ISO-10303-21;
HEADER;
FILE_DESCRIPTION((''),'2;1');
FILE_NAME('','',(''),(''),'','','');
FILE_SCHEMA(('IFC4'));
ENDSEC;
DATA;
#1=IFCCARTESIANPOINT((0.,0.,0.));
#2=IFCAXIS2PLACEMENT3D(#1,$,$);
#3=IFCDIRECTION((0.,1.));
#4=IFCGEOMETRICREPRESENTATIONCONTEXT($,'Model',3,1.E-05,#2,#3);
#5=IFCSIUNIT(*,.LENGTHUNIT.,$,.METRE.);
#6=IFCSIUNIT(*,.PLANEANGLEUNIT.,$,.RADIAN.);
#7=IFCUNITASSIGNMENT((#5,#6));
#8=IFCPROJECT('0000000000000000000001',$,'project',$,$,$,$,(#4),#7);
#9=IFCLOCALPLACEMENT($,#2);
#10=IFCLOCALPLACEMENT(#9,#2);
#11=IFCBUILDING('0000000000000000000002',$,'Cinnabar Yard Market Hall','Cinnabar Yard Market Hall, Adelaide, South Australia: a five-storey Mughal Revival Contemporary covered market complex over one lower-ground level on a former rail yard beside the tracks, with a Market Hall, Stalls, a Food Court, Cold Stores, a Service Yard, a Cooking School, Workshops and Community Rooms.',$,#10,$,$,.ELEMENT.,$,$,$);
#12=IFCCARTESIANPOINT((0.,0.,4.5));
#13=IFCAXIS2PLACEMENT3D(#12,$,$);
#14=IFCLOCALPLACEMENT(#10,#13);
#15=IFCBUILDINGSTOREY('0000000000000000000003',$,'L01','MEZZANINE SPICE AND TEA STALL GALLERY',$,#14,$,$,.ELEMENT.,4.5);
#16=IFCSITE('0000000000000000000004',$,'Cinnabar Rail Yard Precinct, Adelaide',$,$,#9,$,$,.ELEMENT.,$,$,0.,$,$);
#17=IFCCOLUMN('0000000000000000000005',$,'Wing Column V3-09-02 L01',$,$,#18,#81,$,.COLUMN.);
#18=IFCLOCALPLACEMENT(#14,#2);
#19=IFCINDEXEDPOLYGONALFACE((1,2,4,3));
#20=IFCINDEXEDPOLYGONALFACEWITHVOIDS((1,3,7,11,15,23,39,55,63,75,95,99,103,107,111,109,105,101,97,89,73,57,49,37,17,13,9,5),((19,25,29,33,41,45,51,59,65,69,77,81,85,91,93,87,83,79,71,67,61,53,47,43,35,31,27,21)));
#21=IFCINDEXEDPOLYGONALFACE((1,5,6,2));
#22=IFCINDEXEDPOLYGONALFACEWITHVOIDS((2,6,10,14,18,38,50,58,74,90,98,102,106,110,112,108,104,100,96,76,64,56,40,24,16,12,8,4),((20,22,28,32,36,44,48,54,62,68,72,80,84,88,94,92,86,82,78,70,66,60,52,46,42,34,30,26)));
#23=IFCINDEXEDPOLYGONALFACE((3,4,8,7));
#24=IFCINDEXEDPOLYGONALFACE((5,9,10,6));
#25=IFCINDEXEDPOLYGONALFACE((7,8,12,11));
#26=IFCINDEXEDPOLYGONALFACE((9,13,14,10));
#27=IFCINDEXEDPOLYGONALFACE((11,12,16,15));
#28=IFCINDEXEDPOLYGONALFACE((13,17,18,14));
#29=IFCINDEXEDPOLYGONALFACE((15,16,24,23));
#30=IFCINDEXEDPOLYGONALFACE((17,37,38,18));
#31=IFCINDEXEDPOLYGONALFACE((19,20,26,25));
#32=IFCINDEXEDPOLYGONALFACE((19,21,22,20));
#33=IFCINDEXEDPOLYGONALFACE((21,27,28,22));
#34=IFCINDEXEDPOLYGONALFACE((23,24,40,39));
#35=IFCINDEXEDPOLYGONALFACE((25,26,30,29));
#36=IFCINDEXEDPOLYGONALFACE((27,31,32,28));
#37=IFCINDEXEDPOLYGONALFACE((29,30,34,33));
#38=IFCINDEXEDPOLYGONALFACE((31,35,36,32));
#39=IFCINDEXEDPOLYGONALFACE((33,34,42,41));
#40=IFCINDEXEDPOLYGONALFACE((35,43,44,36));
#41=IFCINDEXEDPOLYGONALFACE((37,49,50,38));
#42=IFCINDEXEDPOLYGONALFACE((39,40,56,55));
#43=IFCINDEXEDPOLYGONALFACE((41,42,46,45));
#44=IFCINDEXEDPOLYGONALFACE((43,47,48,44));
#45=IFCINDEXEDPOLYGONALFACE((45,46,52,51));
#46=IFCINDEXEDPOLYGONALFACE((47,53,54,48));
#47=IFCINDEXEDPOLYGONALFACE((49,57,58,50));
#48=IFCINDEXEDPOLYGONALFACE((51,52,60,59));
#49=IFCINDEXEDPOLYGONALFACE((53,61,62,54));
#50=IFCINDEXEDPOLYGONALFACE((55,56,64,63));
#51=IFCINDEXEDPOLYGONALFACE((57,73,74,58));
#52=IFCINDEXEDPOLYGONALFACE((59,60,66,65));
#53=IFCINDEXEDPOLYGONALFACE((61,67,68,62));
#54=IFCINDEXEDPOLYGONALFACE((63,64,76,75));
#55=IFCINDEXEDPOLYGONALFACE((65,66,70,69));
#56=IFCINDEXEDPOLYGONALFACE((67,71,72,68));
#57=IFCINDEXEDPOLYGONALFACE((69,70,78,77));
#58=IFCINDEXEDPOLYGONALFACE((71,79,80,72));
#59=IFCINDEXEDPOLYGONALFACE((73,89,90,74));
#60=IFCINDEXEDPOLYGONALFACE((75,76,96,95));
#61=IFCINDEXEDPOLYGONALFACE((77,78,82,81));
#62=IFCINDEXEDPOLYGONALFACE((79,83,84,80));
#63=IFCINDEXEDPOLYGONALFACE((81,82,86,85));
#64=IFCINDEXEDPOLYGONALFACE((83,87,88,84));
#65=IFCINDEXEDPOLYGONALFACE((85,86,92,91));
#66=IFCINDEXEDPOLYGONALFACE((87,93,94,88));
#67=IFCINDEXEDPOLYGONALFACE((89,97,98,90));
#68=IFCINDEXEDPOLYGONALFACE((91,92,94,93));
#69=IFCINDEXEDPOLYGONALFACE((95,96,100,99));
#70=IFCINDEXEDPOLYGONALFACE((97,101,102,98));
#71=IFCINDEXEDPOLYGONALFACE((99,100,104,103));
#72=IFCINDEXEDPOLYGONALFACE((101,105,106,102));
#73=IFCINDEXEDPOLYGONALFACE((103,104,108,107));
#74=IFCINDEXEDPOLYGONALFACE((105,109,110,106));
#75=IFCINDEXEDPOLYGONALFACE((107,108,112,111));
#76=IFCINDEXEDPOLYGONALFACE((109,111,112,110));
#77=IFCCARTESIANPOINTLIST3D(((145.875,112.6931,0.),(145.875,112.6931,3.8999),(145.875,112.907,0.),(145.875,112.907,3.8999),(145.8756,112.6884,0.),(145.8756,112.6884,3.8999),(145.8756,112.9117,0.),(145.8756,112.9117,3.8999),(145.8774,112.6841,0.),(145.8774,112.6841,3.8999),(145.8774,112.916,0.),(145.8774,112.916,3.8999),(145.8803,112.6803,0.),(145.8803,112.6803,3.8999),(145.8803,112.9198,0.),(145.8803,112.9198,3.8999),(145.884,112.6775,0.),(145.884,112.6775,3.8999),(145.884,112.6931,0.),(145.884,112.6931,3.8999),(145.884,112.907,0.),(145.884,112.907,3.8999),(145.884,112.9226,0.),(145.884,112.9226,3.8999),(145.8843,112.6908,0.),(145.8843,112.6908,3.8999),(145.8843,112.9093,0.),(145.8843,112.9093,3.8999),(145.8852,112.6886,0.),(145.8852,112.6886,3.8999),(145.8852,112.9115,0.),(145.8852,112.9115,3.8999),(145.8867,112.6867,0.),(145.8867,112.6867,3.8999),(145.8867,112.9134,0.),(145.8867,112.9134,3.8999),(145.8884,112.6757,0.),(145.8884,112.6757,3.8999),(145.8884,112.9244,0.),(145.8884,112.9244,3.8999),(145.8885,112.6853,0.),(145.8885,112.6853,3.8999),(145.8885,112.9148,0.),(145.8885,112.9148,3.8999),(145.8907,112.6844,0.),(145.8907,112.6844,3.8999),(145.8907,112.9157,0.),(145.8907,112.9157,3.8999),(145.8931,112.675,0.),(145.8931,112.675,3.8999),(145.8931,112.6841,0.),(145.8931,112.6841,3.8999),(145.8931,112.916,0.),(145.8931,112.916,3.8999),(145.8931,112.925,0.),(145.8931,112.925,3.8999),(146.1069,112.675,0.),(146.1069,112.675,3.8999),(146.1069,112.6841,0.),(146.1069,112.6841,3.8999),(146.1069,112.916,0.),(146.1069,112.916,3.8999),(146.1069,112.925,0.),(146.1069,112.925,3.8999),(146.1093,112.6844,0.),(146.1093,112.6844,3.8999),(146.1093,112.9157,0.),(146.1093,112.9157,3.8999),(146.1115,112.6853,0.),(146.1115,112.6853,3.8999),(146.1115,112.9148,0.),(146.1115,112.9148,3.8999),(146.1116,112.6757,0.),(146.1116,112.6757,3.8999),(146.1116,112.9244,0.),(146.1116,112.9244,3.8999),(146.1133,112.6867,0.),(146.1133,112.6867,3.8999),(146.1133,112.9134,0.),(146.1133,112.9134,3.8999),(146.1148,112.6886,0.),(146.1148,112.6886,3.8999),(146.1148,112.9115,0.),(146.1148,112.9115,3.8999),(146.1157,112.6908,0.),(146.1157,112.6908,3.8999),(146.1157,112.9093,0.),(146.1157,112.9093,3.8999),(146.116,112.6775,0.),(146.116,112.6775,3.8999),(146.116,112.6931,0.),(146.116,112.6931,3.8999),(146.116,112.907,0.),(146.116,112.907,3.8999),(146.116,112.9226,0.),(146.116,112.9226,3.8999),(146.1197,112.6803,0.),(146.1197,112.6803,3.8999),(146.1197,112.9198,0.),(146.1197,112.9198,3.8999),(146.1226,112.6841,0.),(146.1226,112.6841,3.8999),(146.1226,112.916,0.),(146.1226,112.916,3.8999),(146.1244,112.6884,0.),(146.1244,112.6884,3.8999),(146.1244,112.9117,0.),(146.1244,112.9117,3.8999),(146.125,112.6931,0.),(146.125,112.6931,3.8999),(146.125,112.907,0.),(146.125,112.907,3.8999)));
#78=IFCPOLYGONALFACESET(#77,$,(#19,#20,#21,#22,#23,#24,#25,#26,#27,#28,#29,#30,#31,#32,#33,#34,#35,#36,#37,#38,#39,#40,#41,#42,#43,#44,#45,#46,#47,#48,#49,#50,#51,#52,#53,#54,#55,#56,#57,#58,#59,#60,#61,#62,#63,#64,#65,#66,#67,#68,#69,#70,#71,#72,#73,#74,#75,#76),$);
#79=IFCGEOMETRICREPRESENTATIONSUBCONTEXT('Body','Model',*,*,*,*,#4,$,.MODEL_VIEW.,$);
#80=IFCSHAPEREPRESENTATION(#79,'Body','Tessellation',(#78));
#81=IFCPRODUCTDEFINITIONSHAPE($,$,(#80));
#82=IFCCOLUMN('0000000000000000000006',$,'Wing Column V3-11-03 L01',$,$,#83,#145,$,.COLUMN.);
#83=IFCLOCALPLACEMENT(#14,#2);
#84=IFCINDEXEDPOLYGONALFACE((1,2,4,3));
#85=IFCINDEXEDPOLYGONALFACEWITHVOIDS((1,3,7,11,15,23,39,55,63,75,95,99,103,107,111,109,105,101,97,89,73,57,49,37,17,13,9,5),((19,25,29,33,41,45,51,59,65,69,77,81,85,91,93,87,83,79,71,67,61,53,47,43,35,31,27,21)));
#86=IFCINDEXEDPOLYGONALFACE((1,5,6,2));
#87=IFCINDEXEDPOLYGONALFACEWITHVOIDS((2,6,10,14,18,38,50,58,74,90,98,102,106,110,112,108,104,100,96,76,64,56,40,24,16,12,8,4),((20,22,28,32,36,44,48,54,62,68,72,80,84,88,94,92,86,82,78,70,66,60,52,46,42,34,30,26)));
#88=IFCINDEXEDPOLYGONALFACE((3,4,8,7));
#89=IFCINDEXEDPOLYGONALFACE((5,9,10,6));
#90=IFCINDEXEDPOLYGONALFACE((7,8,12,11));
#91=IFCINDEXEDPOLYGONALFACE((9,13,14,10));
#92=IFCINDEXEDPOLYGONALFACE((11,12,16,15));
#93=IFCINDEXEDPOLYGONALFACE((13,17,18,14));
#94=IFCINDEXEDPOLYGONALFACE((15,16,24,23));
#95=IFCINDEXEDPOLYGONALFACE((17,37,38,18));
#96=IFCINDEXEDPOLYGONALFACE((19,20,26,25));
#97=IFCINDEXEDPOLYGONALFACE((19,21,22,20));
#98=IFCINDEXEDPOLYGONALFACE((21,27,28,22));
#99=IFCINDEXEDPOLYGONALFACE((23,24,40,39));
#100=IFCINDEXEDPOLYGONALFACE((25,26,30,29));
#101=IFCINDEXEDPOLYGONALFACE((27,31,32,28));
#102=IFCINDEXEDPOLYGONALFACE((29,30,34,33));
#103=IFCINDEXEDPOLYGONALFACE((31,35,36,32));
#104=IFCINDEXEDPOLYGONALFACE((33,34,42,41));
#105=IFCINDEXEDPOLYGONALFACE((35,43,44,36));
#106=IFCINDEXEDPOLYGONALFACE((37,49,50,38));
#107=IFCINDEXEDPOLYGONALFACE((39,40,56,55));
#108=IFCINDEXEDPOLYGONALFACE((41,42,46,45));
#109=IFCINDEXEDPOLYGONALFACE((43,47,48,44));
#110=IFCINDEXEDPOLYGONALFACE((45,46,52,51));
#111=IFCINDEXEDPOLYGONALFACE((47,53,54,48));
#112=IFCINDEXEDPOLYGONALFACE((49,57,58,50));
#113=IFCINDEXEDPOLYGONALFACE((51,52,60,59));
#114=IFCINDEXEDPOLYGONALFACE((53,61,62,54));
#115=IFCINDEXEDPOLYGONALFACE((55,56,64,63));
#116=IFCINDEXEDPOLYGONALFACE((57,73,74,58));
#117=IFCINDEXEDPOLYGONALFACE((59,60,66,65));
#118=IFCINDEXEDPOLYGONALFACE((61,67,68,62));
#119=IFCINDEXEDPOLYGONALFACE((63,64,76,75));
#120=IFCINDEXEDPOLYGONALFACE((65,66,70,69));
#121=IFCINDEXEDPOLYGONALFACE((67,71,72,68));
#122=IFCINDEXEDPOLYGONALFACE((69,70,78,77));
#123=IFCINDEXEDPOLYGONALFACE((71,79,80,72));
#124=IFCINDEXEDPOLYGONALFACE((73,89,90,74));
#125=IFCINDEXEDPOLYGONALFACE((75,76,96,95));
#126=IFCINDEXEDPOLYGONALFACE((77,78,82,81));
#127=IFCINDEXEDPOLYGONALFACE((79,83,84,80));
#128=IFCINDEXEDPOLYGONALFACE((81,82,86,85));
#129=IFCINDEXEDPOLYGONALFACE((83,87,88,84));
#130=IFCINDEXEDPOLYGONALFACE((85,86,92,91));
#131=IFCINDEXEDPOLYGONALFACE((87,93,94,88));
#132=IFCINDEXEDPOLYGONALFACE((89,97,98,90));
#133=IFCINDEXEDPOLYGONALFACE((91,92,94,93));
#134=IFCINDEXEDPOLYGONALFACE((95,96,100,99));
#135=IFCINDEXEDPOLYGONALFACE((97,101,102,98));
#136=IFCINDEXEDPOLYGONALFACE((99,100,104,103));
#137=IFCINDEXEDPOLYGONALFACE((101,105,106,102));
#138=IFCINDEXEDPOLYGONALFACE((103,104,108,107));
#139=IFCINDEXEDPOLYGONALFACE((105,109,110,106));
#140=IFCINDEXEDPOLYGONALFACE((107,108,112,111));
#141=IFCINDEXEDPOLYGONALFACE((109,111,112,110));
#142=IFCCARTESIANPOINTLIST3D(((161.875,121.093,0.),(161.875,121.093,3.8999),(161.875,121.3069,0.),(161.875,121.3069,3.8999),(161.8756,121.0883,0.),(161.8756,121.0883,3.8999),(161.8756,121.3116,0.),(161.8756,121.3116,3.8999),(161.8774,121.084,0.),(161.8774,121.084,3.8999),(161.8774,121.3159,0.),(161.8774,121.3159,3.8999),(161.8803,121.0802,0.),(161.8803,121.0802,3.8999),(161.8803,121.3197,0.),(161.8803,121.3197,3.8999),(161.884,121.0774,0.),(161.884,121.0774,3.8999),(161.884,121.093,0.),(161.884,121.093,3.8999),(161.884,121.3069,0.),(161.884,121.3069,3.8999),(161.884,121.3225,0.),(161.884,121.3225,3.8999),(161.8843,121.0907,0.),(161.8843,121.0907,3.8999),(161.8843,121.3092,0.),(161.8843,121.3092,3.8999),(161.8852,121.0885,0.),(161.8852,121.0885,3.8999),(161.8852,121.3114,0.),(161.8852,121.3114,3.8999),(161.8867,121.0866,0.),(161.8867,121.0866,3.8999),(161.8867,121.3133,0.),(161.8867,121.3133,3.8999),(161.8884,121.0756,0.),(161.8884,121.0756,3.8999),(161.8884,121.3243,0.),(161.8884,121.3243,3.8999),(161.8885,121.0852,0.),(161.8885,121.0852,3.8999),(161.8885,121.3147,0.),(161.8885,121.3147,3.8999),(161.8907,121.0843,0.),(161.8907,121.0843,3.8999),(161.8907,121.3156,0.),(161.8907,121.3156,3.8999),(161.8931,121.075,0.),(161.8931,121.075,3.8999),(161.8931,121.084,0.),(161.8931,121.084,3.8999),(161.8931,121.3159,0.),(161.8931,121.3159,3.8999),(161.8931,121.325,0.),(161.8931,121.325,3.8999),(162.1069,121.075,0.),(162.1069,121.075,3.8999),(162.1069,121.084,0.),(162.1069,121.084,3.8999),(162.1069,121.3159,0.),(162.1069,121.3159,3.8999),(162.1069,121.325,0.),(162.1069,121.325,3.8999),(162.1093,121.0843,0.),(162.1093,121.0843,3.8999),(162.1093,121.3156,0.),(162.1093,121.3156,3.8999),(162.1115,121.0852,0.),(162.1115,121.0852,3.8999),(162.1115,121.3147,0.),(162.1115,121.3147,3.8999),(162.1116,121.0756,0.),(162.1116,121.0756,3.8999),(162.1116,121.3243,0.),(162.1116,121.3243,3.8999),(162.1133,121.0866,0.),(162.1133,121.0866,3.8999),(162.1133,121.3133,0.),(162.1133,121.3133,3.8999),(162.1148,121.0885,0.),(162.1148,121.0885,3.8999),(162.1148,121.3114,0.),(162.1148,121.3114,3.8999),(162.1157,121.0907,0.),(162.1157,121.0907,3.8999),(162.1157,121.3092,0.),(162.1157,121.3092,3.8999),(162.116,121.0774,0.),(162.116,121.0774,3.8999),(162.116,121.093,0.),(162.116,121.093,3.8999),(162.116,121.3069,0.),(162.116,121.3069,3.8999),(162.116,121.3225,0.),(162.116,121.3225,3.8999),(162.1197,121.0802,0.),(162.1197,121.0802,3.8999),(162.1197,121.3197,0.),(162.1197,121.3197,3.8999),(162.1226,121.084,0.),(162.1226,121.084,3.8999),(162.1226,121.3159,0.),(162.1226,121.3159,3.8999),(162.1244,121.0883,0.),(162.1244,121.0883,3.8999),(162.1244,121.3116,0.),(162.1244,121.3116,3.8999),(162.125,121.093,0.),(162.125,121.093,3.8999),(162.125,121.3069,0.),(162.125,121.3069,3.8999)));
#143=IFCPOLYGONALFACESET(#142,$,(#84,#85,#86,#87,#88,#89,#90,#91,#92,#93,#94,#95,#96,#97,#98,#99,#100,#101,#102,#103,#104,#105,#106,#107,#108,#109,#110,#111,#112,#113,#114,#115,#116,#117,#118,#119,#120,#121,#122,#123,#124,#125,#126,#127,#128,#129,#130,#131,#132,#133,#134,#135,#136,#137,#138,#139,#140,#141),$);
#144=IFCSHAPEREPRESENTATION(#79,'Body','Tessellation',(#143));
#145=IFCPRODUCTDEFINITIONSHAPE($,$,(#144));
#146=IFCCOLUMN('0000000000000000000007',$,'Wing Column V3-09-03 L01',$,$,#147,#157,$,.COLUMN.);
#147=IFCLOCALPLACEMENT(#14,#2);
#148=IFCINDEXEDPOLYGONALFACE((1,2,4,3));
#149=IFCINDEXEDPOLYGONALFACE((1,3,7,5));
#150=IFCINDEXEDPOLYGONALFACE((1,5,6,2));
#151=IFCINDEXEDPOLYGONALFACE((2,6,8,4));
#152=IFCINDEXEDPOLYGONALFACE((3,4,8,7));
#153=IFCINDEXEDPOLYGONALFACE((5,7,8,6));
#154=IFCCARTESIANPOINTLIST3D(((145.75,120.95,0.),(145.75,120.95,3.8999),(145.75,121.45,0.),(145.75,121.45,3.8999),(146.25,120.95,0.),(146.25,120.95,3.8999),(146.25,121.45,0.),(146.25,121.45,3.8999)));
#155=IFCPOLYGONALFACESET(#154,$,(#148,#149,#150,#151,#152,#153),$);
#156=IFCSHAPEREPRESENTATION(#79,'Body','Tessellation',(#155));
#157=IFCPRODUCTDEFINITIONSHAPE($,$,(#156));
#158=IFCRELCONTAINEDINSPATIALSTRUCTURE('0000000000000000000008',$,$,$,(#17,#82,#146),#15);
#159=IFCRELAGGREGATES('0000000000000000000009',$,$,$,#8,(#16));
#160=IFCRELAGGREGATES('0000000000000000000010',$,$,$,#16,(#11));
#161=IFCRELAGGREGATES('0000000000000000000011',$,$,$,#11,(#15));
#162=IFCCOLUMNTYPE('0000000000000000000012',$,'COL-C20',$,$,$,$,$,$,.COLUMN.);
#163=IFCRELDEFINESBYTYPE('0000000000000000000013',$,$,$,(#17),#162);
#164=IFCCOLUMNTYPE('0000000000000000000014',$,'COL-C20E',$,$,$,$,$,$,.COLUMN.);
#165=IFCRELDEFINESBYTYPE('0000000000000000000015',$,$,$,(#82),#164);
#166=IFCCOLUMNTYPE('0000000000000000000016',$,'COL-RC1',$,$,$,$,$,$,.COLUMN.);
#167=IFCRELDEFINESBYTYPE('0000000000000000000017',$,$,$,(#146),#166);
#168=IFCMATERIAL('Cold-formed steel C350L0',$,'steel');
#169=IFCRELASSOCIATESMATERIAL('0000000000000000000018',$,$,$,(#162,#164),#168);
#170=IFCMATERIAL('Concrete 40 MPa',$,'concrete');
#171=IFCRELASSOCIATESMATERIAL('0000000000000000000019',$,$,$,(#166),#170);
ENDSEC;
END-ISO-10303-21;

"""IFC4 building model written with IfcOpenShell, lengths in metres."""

from ifc_helpers import new_model, si_unit, direction, frame, origin, origin_2d_with_axis, place, context, subcontext, project, spatial, rectangle, hollow_rectangle, extrude, material, material_profile, profile_set, type_object, element, save


model = new_model("IFC4")

# Units and contexts
model_context = context("Model", 3, precision=1e-05, world=origin(), true_north=direction((0.0, 1.0)))
body_context = subcontext(model_context, "Body", "Model", "MODEL_VIEW")
ifc_project = project(units=[si_unit("LENGTHUNIT", "METRE"), si_unit("PLANEANGLEUNIT", "RADIAN")], contexts=[model_context])

# Site, building, storey
site_placement = place(None, origin())
site = spatial("IfcSite", under=ifc_project, at=site_placement, Name="Cinnabar Rail Yard Precinct, Adelaide", CompositionType="ELEMENT", RefElevation=0.0)
building_placement = place(site_placement, origin())
building = spatial("IfcBuilding", under=site, at=building_placement, Name="Cinnabar Yard Market Hall", Description="Cinnabar Yard Market Hall, Adelaide, South Australia: a five-storey Mughal Revival Contemporary covered market complex over one lower-ground level on a former rail yard beside the tracks, with a Market Hall, Stalls, a Food Court, Cold Stores, a Service Yard, a Cooking School, Workshops and Community Rooms.", CompositionType="ELEMENT")
storey_placement = place(building_placement, frame((0.0, 0.0, 4.5)))
storey = spatial("IfcBuildingStorey", under=building, at=storey_placement, Name="L01", Description="MEZZANINE SPICE AND TEA STALL GALLERY", CompositionType="ELEMENT", Elevation=4.5)

# Columns
ifc_material_1 = material(Name="Cold-formed steel C350L0", Category="steel")
ifc_material_profile_1 = material_profile(ifc_material_1, hollow_rectangle(XDim=0.25, YDim=0.25, WallThickness=0.009, InnerFilletRadius=0.009, OuterFilletRadius=0.0181, at=origin_2d_with_axis()), Name="250x250x9.0SHS")
ifc_profile_set_1 = profile_set([ifc_material_profile_1], Name="Cold-formed steel C350L0")
column_type_1 = type_object("IfcColumnType", Name="COL-C20", PredefinedType="COLUMN", material=ifc_profile_set_1)
column_1_placement = place(storey_placement, frame((146.0, 112.8, 0.0), z_axis=(0.0, 0.0, 1.0), x_axis=(1.0, 0.0, 0.0)))
element("IfcColumn", 1, at=column_1_placement, inside=storey, type_object=column_type_1, Name="Wing Column V3-09-02 L01", PredefinedType="COLUMN", context=body_context, shape_type="SweptSolid", body=[
    extrude(hollow_rectangle(XDim=0.25, YDim=0.25, WallThickness=0.009, InnerFilletRadius=0.009, OuterFilletRadius=0.0181, at=origin_2d_with_axis()), origin(), (0.0, 0.0, 1.0), 3.8999),
])
ifc_material_profile_2 = material_profile(ifc_material_1, hollow_rectangle(XDim=0.25, YDim=0.25, WallThickness=0.009, InnerFilletRadius=0.009, OuterFilletRadius=0.0181, at=origin_2d_with_axis()), Name="250x250x9.0SHS")
ifc_profile_set_2 = profile_set([ifc_material_profile_2], Name="Cold-formed steel C350L0")
column_type_2 = type_object("IfcColumnType", Name="COL-C20E", PredefinedType="COLUMN", material=ifc_profile_set_2)
column_2_placement = place(storey_placement, frame((162.0, 121.2, 0.0), z_axis=(0.0, 0.0, 1.0), x_axis=(1.0, 0.0, 0.0)))
element("IfcColumn", 2, at=column_2_placement, inside=storey, type_object=column_type_2, Name="Wing Column V3-11-03 L01", PredefinedType="COLUMN", context=body_context, shape_type="SweptSolid", body=[
    extrude(hollow_rectangle(XDim=0.25, YDim=0.25, WallThickness=0.009, InnerFilletRadius=0.009, OuterFilletRadius=0.0181, at=origin_2d_with_axis()), origin(), (0.0, 0.0, 1.0), 3.8999),
])
ifc_material_2 = material(Name="Concrete 40 MPa", Category="concrete")
ifc_material_profile_3 = material_profile(ifc_material_2, rectangle(XDim=0.5, YDim=0.5, at=origin_2d_with_axis()), Name="RC-500x500")
ifc_profile_set_3 = profile_set([ifc_material_profile_3], Name="Concrete 40 MPa")
column_type_3 = type_object("IfcColumnType", Name="COL-RC1", PredefinedType="COLUMN", material=ifc_profile_set_3)
column_3_placement = place(storey_placement, frame((146.0, 121.2, 0.0), z_axis=(0.0, 0.0, 1.0), x_axis=(1.0, 0.0, 0.0)))
element("IfcColumn", 3, at=column_3_placement, inside=storey, type_object=column_type_3, Name="Wing Column V3-09-03 L01", PredefinedType="COLUMN", context=body_context, shape_type="SweptSolid", body=[
    extrude(rectangle(XDim=0.5, YDim=0.5, at=origin_2d_with_axis()), origin(), (0.0, 0.0, 1.0), 3.8999),
])

save(model, "model.ifc")
